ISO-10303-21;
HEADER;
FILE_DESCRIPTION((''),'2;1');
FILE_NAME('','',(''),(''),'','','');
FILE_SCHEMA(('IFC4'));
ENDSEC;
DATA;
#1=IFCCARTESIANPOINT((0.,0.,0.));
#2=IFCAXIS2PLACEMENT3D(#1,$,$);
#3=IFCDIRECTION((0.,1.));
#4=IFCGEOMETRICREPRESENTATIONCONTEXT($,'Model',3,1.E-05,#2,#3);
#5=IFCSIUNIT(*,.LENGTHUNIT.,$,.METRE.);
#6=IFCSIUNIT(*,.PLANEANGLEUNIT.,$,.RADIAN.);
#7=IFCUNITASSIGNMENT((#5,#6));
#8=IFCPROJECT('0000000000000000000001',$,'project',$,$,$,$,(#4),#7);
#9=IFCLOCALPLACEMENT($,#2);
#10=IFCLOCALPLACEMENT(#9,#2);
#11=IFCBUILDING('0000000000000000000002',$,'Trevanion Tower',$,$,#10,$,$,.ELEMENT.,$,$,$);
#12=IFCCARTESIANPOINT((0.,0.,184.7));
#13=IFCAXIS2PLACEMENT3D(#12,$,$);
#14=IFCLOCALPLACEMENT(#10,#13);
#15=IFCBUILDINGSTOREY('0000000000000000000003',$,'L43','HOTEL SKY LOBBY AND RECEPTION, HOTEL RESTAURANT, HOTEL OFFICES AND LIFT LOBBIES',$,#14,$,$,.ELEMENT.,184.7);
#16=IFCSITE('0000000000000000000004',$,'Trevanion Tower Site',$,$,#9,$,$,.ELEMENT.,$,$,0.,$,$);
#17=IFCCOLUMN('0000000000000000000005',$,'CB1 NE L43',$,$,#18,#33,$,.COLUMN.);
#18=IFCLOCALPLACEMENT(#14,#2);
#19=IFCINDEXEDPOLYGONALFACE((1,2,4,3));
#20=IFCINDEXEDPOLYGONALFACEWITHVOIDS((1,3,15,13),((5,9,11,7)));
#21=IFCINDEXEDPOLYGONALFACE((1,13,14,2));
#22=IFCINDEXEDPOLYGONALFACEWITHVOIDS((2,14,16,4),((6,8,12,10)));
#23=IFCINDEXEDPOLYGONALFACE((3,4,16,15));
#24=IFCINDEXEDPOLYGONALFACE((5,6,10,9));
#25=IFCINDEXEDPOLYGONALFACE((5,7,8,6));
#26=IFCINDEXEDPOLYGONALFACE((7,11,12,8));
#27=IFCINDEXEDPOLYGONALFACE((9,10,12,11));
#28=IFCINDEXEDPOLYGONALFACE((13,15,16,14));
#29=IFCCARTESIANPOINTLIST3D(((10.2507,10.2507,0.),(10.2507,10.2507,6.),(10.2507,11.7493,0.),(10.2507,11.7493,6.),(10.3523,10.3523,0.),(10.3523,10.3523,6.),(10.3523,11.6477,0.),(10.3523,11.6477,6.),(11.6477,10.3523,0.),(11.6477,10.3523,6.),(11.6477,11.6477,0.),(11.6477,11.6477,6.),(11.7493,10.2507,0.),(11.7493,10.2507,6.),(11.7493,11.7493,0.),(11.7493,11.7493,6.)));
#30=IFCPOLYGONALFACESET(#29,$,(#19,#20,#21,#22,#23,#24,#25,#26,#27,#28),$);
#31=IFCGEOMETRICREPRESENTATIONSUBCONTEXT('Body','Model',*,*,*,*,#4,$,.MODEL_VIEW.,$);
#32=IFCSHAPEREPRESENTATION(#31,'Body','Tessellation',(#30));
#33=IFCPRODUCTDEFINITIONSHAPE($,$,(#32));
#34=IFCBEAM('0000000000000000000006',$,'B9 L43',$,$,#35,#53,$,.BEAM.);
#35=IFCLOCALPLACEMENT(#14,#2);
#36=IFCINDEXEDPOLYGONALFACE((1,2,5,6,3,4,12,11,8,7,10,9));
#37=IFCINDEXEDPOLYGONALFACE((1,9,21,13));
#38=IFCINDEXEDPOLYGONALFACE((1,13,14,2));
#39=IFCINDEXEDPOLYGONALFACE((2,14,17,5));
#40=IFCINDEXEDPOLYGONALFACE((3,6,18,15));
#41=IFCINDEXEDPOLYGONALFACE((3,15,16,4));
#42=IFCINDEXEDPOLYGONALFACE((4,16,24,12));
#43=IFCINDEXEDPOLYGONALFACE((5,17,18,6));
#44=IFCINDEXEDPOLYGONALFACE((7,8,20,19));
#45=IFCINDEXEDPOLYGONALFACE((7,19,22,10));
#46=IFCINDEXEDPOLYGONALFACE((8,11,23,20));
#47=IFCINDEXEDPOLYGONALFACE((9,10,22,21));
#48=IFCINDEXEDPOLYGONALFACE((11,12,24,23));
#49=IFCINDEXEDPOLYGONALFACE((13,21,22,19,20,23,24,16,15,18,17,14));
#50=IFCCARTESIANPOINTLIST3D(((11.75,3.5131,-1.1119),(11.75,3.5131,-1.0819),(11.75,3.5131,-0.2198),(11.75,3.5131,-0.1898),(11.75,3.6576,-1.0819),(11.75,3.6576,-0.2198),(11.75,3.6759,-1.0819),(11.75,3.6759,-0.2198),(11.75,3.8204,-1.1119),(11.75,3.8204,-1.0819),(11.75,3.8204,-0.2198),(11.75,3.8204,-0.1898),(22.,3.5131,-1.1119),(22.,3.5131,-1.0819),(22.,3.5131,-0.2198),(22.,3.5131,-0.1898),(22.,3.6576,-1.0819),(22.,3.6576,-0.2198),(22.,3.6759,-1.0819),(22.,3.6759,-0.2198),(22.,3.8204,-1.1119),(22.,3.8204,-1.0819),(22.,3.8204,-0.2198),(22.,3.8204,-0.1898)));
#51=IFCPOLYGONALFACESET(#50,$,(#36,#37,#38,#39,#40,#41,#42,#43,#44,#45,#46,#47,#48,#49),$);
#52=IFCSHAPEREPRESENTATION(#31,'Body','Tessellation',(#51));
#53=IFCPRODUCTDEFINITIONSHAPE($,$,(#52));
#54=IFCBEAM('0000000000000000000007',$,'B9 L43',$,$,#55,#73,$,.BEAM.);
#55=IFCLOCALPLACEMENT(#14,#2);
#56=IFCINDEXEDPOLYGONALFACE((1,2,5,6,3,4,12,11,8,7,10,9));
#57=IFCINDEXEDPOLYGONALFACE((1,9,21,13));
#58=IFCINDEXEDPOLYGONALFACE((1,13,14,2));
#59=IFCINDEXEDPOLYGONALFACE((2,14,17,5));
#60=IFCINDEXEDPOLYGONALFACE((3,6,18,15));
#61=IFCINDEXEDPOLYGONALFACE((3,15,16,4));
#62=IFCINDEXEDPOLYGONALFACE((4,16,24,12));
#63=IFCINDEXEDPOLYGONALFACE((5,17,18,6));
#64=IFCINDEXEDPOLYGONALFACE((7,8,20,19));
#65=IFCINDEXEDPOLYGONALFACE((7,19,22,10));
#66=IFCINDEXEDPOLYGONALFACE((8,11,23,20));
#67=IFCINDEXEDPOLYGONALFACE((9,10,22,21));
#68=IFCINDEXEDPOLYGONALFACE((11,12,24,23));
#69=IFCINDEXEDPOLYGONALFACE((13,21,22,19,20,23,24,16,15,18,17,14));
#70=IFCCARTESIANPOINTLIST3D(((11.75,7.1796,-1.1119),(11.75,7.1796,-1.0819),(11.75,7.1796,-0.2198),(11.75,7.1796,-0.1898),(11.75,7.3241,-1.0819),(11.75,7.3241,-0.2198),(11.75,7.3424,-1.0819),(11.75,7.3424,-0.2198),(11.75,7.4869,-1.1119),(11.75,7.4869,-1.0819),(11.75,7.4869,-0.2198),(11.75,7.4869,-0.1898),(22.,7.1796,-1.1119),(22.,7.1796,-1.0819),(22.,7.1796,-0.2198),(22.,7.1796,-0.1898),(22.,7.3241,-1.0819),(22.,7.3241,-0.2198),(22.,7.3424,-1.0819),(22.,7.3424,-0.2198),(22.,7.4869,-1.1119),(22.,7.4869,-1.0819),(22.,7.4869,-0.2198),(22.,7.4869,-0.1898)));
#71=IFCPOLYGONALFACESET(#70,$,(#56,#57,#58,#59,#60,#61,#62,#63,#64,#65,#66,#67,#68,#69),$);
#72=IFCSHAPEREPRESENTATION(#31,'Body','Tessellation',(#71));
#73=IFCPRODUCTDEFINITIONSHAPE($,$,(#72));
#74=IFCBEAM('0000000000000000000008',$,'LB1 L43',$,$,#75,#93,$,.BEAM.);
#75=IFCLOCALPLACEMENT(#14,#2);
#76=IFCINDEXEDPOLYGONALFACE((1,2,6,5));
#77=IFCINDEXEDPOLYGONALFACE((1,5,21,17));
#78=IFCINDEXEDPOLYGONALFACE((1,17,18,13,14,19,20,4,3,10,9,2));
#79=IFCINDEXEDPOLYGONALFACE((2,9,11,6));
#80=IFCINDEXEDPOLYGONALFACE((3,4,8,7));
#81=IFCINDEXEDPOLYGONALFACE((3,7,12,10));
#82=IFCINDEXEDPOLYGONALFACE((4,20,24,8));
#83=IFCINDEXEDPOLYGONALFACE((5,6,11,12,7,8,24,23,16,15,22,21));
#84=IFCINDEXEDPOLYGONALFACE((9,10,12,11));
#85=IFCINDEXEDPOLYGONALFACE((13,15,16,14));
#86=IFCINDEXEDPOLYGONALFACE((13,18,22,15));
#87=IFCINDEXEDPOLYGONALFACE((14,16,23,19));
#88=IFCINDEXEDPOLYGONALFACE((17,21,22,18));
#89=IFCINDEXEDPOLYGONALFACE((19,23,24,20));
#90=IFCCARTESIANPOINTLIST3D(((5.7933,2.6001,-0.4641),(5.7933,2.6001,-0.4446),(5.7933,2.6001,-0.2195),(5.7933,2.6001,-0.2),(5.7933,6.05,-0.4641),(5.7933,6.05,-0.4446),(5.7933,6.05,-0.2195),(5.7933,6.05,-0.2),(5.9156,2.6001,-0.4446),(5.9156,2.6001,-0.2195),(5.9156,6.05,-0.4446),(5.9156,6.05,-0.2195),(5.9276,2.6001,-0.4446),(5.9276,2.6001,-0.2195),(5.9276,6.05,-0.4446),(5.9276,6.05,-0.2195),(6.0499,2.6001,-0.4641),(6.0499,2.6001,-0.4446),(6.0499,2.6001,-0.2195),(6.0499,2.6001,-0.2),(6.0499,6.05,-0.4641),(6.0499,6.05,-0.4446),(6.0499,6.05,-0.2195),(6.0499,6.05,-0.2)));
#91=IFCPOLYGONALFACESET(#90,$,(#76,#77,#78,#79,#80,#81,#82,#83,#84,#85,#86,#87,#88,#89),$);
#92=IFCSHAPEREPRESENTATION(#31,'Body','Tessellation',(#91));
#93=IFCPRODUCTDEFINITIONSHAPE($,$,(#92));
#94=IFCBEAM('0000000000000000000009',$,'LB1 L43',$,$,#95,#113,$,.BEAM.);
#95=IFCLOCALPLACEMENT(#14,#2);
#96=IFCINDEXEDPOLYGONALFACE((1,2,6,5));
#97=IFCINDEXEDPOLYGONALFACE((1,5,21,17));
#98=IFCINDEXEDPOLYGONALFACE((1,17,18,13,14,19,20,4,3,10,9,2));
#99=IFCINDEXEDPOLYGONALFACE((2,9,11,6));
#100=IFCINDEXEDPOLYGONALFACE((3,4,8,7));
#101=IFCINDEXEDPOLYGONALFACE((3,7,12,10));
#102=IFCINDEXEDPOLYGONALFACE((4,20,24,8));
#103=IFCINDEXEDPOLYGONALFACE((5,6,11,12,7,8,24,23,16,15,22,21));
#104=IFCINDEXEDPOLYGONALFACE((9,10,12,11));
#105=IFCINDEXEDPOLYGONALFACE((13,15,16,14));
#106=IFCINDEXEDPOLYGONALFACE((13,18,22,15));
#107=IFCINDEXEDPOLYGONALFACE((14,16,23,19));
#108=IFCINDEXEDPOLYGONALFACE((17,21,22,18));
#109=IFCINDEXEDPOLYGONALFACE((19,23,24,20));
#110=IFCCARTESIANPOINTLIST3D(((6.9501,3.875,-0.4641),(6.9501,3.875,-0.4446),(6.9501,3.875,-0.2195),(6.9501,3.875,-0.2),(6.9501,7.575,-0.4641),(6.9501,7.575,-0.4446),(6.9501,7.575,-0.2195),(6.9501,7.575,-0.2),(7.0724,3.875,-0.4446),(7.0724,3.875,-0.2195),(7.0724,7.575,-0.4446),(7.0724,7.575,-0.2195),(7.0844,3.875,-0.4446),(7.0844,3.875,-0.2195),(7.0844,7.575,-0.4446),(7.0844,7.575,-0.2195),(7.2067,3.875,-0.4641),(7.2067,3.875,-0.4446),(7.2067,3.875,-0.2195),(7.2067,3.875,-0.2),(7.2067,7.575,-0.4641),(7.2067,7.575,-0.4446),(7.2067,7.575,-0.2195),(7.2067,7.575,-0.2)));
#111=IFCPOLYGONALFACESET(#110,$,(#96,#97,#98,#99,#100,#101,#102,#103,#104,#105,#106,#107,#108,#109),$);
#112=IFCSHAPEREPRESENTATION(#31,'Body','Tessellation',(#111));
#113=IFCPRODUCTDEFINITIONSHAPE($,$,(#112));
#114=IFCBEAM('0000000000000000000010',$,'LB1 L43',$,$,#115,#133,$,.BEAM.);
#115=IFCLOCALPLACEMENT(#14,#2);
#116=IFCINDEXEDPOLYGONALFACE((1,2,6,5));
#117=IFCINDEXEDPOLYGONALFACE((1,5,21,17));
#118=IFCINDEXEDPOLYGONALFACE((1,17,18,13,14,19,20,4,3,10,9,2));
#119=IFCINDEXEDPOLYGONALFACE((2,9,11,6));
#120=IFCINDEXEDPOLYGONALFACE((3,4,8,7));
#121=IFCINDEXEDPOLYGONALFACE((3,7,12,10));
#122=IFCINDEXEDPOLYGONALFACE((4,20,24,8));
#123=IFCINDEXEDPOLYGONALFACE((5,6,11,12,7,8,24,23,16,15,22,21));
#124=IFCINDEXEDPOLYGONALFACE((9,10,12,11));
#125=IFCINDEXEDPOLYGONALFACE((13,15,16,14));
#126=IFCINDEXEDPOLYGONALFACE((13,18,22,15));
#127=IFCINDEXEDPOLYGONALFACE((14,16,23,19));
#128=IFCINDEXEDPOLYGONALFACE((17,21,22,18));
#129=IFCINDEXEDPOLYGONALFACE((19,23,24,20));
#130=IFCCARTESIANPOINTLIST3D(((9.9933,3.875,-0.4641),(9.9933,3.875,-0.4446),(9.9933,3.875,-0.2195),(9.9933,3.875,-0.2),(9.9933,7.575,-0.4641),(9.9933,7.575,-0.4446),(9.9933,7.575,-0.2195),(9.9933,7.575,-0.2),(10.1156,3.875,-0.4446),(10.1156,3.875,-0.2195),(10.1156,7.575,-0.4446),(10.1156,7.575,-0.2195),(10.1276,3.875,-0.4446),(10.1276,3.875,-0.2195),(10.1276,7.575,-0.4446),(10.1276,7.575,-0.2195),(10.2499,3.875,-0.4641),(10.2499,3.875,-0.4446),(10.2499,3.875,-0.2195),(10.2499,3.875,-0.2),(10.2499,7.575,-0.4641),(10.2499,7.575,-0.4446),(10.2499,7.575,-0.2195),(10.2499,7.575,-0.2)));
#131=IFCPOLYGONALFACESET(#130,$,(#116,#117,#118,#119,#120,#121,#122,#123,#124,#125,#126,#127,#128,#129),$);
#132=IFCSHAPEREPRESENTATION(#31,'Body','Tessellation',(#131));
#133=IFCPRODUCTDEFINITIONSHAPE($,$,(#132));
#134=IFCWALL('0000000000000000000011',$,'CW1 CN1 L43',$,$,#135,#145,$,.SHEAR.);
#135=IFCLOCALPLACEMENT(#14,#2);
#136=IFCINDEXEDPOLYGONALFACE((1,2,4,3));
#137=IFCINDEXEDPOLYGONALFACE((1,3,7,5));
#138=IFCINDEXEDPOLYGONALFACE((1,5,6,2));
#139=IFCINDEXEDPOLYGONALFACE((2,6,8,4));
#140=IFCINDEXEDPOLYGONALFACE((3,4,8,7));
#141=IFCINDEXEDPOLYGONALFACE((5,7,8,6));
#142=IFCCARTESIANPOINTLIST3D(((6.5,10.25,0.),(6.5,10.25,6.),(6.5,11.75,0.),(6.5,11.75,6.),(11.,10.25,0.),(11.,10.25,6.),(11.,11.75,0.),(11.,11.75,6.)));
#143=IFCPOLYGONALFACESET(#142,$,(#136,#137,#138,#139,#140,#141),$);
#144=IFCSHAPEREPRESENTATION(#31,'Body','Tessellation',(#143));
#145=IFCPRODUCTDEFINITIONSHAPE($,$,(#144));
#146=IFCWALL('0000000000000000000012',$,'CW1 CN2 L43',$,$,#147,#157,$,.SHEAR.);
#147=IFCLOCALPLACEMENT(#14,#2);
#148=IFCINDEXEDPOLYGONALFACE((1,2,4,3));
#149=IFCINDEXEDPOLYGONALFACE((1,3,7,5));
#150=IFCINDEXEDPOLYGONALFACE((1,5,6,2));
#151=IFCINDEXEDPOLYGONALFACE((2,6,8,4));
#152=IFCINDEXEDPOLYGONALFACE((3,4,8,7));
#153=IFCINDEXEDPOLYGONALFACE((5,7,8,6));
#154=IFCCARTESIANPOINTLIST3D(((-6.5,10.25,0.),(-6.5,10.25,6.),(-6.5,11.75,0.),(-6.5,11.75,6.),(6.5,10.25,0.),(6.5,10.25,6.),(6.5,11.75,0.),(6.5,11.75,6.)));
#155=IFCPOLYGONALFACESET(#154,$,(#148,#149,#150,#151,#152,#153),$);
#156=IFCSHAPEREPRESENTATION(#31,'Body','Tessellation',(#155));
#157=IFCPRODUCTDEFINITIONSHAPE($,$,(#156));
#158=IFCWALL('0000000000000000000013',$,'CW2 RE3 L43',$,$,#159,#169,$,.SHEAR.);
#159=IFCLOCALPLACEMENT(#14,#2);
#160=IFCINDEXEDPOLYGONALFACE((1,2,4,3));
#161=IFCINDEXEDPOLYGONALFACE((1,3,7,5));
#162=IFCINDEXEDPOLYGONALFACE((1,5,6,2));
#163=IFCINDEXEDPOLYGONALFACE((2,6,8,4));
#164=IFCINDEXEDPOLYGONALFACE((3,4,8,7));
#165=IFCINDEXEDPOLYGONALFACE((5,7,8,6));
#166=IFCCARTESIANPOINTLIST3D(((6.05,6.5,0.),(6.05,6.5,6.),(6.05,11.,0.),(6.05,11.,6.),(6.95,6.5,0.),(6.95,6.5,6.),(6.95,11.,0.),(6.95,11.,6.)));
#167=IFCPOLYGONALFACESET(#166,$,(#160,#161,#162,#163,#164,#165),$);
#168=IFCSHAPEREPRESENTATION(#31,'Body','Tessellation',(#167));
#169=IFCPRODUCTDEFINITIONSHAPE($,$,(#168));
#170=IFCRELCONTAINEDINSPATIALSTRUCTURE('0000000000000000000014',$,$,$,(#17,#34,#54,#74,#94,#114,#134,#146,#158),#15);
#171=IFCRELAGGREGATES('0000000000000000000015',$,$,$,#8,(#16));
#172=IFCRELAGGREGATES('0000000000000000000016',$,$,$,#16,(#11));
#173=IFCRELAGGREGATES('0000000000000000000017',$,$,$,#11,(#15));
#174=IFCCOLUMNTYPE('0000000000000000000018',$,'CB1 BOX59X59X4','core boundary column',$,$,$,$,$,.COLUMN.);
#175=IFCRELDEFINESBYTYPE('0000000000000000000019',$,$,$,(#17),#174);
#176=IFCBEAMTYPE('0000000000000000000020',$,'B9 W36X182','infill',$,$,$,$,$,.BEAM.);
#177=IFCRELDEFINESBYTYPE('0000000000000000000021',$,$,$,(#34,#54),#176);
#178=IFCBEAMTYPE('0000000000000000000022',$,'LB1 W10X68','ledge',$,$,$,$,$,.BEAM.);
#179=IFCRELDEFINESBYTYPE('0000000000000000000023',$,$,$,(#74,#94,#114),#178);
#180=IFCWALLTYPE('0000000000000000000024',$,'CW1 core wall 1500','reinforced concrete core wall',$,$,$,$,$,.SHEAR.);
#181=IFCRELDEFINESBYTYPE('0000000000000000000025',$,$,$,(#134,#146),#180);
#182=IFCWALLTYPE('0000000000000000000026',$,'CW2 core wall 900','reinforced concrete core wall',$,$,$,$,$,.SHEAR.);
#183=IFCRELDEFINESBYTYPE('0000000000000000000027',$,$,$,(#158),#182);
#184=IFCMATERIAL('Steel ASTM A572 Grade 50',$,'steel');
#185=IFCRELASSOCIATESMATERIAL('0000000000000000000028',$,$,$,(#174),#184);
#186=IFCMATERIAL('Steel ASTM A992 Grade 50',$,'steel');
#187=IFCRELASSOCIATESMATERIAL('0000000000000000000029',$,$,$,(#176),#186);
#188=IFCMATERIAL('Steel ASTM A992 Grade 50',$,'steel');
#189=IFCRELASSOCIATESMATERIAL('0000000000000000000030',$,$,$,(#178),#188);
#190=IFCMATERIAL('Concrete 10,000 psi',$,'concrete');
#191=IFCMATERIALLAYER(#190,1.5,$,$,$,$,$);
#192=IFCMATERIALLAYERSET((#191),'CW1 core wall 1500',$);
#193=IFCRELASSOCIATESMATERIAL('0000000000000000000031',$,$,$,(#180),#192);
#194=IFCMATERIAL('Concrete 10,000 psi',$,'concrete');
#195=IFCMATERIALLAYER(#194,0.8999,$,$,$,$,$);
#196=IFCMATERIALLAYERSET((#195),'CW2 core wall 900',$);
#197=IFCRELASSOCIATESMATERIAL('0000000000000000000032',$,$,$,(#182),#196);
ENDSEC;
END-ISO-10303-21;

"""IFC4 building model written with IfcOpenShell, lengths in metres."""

from ifc_helpers import new_model, si_unit, direction, frame, frame_2d, origin, origin_2d, place, context, subcontext, project, spatial, rectangle, hollow_rectangle, i_section, extrude, material, layer, layer_set, material_profile, profile_set, type_object, element, save


model = new_model("IFC4")

# Units and contexts
model_context = context("Model", 3, precision=1e-05, world=origin(), true_north=direction((0.0, 1.0)))
body_context = subcontext(model_context, "Body", "Model", "MODEL_VIEW")
ifc_project = project(units=[si_unit("LENGTHUNIT", "METRE"), si_unit("PLANEANGLEUNIT", "RADIAN")], contexts=[model_context])

# Site, building, storey
site_placement = place(None, origin())
site = spatial("IfcSite", under=ifc_project, at=site_placement, Name="Trevanion Tower Site", CompositionType="ELEMENT", RefElevation=0.0)
building_placement = place(site_placement, origin())
building = spatial("IfcBuilding", under=site, at=building_placement, Name="Trevanion Tower", CompositionType="ELEMENT")
storey_placement = place(building_placement, frame((0.0, 0.0, 184.7)))
storey = spatial("IfcBuildingStorey", under=building, at=storey_placement, Name="L43", Description="HOTEL SKY LOBBY AND RECEPTION, HOTEL RESTAURANT, HOTEL OFFICES AND LIFT LOBBIES", CompositionType="ELEMENT", Elevation=184.7)

# Column
ifc_material_1 = material(Name="Steel ASTM A572 Grade 50", Category="steel")
ifc_material_profile_1 = material_profile(ifc_material_1, hollow_rectangle(XDim=1.4985, YDim=1.4985, WallThickness=0.1016, at=origin_2d()), Name="BOX59X59X4")
ifc_profile_set_1 = profile_set([ifc_material_profile_1], Name="Steel ASTM A572 Grade 50")
column_type = type_object("IfcColumnType", Name="CB1 BOX59X59X4", Description="core boundary column", PredefinedType="COLUMN", material=ifc_profile_set_1)
column_placement = place(storey_placement, frame((11.0, 11.0, 0.0), z_axis=(0.0, 0.0, 1.0), x_axis=(1.0, 0.0, 0.0)))
element("IfcColumn", 1, at=column_placement, inside=storey, type_object=column_type, Name="CB1 NE L43", PredefinedType="COLUMN", context=body_context, shape_type="SweptSolid", body=[
    extrude(hollow_rectangle(XDim=1.4985, YDim=1.4985, WallThickness=0.1016, at=origin_2d()), origin(), (0.0, 0.0, 1.0), 6.0),
])

# Beams
ifc_material_2 = material(Name="Steel ASTM A992 Grade 50", Category="steel")
ifc_material_profile_2 = material_profile(ifc_material_2, i_section(OverallWidth=0.3074, OverallDepth=0.9221, WebThickness=0.0183, FlangeThickness=0.03, at=origin_2d()), Name="W36X182")
ifc_profile_set_2 = profile_set([ifc_material_profile_2], Name="Steel ASTM A992 Grade 50")
beam_type_1 = type_object("IfcBeamType", Name="B9 W36X182", Description="infill", PredefinedType="BEAM", material=ifc_profile_set_2)
for number, where, z_axis, x_axis, name in (
    (2, (11.75, 3.6667, -0.6509), (1.0, 0.0, 0.0), (0.0, 1.0, 0.0), "B9 L43"),
    (3, (11.75, 7.3333, -0.6509), (1.0, 0.0, 0.0), (0.0, 1.0, 0.0), "B9 L43"),
):
    element("IfcBeam", number, at=place(storey_placement, frame(where, z_axis=z_axis, x_axis=x_axis)), inside=storey, type_object=beam_type_1, Name=name, PredefinedType="BEAM", context=body_context, shape_type="SweptSolid", body=[
        extrude(i_section(OverallWidth=0.3074, OverallDepth=0.9221, WebThickness=0.0183, FlangeThickness=0.03, at=origin_2d()), origin(), (0.0, 0.0, 1.0), 10.25),
    ])
ifc_material_3 = material(Name="Steel ASTM A992 Grade 50", Category="steel")
ifc_material_profile_3 = material_profile(ifc_material_3, i_section(OverallWidth=0.2566, OverallDepth=0.2642, WebThickness=0.012, FlangeThickness=0.0195, at=origin_2d()), Name="W10X68")
ifc_profile_set_3 = profile_set([ifc_material_profile_3], Name="Steel ASTM A992 Grade 50")
beam_type_2 = type_object("IfcBeamType", Name="LB1 W10X68", Description="ledge", PredefinedType="BEAM", material=ifc_profile_set_3)
beam_placement = place(storey_placement, frame((5.9216, 2.6001, -0.332), z_axis=(0.0, 1.0, 0.0), x_axis=(-1.0, 0.0, 0.0)))
element("IfcBeam", 4, at=beam_placement, inside=storey, type_object=beam_type_2, Name="LB1 L43", PredefinedType="BEAM", context=body_context, shape_type="SweptSolid", body=[
    extrude(i_section(OverallWidth=0.2566, OverallDepth=0.2642, WebThickness=0.012, FlangeThickness=0.0195, at=origin_2d()), origin(), (0.0, 0.0, 1.0), 3.45),
])
for number, where, z_axis, x_axis, name in (
    (5, (7.0784, 3.875, -0.332), (0.0, 1.0, 0.0), (-1.0, 0.0, 0.0), "LB1 L43"),
    (6, (10.1216, 3.875, -0.332), (0.0, 1.0, 0.0), (-1.0, 0.0, 0.0), "LB1 L43"),
):
    element("IfcBeam", number, at=place(storey_placement, frame(where, z_axis=z_axis, x_axis=x_axis)), inside=storey, type_object=beam_type_2, Name=name, PredefinedType="BEAM", context=body_context, shape_type="SweptSolid", body=[
        extrude(i_section(OverallWidth=0.2566, OverallDepth=0.2642, WebThickness=0.012, FlangeThickness=0.0195, at=origin_2d()), origin(), (0.0, 0.0, 1.0), 3.7),
    ])

# Walls
ifc_material_4 = material(Name="Concrete 10,000 psi", Category="concrete")
ifc_layer_1 = layer(ifc_material_4, 1.5)
ifc_layer_set_1 = layer_set([ifc_layer_1], Name="CW1 core wall 1500")
wall_type_1 = type_object("IfcWallType", Name="CW1 core wall 1500", Description="reinforced concrete core wall", PredefinedType="SHEAR", material=ifc_layer_set_1)
wall_1_placement = place(storey_placement, frame((11.0, 11.0, 0.0), z_axis=(0.0, 0.0, 1.0), x_axis=(-1.0, 0.0, 0.0)))
element("IfcWall", 7, at=wall_1_placement, inside=storey, type_object=wall_type_1, Name="CW1 CN1 L43", PredefinedType="SHEAR", context=body_context, shape_type="SweptSolid", body=[
    extrude(rectangle(XDim=4.5, YDim=1.5, at=frame_2d((2.25, 0.0))), origin(), (0.0, 0.0, 1.0), 6.0),
])
wall_2_placement = place(storey_placement, frame((6.5, 11.0, 0.0), z_axis=(0.0, 0.0, 1.0), x_axis=(-1.0, 0.0, 0.0)))
element("IfcWall", 8, at=wall_2_placement, inside=storey, type_object=wall_type_1, Name="CW1 CN2 L43", PredefinedType="SHEAR", context=body_context, shape_type="SweptSolid", body=[
    extrude(rectangle(XDim=13.0, YDim=1.5, at=frame_2d((6.5, 0.0))), origin(), (0.0, 0.0, 1.0), 6.0),
])
ifc_material_5 = material(Name="Concrete 10,000 psi", Category="concrete")
ifc_layer_2 = layer(ifc_material_5, 0.8999)
ifc_layer_set_2 = layer_set([ifc_layer_2], Name="CW2 core wall 900")
wall_type_2 = type_object("IfcWallType", Name="CW2 core wall 900", Description="reinforced concrete core wall", PredefinedType="SHEAR", material=ifc_layer_set_2)
wall_3_placement = place(storey_placement, frame((6.5, 6.5, 0.0), z_axis=(0.0, 0.0, 1.0), x_axis=(0.0, 1.0, 0.0)))
element("IfcWall", 9, at=wall_3_placement, inside=storey, type_object=wall_type_2, Name="CW2 RE3 L43", PredefinedType="SHEAR", context=body_context, shape_type="SweptSolid", body=[
    extrude(rectangle(XDim=4.5, YDim=0.8999, at=frame_2d((2.25, 0.0))), origin(), (0.0, 0.0, 1.0), 6.0),
])

save(model, "model.ifc")
